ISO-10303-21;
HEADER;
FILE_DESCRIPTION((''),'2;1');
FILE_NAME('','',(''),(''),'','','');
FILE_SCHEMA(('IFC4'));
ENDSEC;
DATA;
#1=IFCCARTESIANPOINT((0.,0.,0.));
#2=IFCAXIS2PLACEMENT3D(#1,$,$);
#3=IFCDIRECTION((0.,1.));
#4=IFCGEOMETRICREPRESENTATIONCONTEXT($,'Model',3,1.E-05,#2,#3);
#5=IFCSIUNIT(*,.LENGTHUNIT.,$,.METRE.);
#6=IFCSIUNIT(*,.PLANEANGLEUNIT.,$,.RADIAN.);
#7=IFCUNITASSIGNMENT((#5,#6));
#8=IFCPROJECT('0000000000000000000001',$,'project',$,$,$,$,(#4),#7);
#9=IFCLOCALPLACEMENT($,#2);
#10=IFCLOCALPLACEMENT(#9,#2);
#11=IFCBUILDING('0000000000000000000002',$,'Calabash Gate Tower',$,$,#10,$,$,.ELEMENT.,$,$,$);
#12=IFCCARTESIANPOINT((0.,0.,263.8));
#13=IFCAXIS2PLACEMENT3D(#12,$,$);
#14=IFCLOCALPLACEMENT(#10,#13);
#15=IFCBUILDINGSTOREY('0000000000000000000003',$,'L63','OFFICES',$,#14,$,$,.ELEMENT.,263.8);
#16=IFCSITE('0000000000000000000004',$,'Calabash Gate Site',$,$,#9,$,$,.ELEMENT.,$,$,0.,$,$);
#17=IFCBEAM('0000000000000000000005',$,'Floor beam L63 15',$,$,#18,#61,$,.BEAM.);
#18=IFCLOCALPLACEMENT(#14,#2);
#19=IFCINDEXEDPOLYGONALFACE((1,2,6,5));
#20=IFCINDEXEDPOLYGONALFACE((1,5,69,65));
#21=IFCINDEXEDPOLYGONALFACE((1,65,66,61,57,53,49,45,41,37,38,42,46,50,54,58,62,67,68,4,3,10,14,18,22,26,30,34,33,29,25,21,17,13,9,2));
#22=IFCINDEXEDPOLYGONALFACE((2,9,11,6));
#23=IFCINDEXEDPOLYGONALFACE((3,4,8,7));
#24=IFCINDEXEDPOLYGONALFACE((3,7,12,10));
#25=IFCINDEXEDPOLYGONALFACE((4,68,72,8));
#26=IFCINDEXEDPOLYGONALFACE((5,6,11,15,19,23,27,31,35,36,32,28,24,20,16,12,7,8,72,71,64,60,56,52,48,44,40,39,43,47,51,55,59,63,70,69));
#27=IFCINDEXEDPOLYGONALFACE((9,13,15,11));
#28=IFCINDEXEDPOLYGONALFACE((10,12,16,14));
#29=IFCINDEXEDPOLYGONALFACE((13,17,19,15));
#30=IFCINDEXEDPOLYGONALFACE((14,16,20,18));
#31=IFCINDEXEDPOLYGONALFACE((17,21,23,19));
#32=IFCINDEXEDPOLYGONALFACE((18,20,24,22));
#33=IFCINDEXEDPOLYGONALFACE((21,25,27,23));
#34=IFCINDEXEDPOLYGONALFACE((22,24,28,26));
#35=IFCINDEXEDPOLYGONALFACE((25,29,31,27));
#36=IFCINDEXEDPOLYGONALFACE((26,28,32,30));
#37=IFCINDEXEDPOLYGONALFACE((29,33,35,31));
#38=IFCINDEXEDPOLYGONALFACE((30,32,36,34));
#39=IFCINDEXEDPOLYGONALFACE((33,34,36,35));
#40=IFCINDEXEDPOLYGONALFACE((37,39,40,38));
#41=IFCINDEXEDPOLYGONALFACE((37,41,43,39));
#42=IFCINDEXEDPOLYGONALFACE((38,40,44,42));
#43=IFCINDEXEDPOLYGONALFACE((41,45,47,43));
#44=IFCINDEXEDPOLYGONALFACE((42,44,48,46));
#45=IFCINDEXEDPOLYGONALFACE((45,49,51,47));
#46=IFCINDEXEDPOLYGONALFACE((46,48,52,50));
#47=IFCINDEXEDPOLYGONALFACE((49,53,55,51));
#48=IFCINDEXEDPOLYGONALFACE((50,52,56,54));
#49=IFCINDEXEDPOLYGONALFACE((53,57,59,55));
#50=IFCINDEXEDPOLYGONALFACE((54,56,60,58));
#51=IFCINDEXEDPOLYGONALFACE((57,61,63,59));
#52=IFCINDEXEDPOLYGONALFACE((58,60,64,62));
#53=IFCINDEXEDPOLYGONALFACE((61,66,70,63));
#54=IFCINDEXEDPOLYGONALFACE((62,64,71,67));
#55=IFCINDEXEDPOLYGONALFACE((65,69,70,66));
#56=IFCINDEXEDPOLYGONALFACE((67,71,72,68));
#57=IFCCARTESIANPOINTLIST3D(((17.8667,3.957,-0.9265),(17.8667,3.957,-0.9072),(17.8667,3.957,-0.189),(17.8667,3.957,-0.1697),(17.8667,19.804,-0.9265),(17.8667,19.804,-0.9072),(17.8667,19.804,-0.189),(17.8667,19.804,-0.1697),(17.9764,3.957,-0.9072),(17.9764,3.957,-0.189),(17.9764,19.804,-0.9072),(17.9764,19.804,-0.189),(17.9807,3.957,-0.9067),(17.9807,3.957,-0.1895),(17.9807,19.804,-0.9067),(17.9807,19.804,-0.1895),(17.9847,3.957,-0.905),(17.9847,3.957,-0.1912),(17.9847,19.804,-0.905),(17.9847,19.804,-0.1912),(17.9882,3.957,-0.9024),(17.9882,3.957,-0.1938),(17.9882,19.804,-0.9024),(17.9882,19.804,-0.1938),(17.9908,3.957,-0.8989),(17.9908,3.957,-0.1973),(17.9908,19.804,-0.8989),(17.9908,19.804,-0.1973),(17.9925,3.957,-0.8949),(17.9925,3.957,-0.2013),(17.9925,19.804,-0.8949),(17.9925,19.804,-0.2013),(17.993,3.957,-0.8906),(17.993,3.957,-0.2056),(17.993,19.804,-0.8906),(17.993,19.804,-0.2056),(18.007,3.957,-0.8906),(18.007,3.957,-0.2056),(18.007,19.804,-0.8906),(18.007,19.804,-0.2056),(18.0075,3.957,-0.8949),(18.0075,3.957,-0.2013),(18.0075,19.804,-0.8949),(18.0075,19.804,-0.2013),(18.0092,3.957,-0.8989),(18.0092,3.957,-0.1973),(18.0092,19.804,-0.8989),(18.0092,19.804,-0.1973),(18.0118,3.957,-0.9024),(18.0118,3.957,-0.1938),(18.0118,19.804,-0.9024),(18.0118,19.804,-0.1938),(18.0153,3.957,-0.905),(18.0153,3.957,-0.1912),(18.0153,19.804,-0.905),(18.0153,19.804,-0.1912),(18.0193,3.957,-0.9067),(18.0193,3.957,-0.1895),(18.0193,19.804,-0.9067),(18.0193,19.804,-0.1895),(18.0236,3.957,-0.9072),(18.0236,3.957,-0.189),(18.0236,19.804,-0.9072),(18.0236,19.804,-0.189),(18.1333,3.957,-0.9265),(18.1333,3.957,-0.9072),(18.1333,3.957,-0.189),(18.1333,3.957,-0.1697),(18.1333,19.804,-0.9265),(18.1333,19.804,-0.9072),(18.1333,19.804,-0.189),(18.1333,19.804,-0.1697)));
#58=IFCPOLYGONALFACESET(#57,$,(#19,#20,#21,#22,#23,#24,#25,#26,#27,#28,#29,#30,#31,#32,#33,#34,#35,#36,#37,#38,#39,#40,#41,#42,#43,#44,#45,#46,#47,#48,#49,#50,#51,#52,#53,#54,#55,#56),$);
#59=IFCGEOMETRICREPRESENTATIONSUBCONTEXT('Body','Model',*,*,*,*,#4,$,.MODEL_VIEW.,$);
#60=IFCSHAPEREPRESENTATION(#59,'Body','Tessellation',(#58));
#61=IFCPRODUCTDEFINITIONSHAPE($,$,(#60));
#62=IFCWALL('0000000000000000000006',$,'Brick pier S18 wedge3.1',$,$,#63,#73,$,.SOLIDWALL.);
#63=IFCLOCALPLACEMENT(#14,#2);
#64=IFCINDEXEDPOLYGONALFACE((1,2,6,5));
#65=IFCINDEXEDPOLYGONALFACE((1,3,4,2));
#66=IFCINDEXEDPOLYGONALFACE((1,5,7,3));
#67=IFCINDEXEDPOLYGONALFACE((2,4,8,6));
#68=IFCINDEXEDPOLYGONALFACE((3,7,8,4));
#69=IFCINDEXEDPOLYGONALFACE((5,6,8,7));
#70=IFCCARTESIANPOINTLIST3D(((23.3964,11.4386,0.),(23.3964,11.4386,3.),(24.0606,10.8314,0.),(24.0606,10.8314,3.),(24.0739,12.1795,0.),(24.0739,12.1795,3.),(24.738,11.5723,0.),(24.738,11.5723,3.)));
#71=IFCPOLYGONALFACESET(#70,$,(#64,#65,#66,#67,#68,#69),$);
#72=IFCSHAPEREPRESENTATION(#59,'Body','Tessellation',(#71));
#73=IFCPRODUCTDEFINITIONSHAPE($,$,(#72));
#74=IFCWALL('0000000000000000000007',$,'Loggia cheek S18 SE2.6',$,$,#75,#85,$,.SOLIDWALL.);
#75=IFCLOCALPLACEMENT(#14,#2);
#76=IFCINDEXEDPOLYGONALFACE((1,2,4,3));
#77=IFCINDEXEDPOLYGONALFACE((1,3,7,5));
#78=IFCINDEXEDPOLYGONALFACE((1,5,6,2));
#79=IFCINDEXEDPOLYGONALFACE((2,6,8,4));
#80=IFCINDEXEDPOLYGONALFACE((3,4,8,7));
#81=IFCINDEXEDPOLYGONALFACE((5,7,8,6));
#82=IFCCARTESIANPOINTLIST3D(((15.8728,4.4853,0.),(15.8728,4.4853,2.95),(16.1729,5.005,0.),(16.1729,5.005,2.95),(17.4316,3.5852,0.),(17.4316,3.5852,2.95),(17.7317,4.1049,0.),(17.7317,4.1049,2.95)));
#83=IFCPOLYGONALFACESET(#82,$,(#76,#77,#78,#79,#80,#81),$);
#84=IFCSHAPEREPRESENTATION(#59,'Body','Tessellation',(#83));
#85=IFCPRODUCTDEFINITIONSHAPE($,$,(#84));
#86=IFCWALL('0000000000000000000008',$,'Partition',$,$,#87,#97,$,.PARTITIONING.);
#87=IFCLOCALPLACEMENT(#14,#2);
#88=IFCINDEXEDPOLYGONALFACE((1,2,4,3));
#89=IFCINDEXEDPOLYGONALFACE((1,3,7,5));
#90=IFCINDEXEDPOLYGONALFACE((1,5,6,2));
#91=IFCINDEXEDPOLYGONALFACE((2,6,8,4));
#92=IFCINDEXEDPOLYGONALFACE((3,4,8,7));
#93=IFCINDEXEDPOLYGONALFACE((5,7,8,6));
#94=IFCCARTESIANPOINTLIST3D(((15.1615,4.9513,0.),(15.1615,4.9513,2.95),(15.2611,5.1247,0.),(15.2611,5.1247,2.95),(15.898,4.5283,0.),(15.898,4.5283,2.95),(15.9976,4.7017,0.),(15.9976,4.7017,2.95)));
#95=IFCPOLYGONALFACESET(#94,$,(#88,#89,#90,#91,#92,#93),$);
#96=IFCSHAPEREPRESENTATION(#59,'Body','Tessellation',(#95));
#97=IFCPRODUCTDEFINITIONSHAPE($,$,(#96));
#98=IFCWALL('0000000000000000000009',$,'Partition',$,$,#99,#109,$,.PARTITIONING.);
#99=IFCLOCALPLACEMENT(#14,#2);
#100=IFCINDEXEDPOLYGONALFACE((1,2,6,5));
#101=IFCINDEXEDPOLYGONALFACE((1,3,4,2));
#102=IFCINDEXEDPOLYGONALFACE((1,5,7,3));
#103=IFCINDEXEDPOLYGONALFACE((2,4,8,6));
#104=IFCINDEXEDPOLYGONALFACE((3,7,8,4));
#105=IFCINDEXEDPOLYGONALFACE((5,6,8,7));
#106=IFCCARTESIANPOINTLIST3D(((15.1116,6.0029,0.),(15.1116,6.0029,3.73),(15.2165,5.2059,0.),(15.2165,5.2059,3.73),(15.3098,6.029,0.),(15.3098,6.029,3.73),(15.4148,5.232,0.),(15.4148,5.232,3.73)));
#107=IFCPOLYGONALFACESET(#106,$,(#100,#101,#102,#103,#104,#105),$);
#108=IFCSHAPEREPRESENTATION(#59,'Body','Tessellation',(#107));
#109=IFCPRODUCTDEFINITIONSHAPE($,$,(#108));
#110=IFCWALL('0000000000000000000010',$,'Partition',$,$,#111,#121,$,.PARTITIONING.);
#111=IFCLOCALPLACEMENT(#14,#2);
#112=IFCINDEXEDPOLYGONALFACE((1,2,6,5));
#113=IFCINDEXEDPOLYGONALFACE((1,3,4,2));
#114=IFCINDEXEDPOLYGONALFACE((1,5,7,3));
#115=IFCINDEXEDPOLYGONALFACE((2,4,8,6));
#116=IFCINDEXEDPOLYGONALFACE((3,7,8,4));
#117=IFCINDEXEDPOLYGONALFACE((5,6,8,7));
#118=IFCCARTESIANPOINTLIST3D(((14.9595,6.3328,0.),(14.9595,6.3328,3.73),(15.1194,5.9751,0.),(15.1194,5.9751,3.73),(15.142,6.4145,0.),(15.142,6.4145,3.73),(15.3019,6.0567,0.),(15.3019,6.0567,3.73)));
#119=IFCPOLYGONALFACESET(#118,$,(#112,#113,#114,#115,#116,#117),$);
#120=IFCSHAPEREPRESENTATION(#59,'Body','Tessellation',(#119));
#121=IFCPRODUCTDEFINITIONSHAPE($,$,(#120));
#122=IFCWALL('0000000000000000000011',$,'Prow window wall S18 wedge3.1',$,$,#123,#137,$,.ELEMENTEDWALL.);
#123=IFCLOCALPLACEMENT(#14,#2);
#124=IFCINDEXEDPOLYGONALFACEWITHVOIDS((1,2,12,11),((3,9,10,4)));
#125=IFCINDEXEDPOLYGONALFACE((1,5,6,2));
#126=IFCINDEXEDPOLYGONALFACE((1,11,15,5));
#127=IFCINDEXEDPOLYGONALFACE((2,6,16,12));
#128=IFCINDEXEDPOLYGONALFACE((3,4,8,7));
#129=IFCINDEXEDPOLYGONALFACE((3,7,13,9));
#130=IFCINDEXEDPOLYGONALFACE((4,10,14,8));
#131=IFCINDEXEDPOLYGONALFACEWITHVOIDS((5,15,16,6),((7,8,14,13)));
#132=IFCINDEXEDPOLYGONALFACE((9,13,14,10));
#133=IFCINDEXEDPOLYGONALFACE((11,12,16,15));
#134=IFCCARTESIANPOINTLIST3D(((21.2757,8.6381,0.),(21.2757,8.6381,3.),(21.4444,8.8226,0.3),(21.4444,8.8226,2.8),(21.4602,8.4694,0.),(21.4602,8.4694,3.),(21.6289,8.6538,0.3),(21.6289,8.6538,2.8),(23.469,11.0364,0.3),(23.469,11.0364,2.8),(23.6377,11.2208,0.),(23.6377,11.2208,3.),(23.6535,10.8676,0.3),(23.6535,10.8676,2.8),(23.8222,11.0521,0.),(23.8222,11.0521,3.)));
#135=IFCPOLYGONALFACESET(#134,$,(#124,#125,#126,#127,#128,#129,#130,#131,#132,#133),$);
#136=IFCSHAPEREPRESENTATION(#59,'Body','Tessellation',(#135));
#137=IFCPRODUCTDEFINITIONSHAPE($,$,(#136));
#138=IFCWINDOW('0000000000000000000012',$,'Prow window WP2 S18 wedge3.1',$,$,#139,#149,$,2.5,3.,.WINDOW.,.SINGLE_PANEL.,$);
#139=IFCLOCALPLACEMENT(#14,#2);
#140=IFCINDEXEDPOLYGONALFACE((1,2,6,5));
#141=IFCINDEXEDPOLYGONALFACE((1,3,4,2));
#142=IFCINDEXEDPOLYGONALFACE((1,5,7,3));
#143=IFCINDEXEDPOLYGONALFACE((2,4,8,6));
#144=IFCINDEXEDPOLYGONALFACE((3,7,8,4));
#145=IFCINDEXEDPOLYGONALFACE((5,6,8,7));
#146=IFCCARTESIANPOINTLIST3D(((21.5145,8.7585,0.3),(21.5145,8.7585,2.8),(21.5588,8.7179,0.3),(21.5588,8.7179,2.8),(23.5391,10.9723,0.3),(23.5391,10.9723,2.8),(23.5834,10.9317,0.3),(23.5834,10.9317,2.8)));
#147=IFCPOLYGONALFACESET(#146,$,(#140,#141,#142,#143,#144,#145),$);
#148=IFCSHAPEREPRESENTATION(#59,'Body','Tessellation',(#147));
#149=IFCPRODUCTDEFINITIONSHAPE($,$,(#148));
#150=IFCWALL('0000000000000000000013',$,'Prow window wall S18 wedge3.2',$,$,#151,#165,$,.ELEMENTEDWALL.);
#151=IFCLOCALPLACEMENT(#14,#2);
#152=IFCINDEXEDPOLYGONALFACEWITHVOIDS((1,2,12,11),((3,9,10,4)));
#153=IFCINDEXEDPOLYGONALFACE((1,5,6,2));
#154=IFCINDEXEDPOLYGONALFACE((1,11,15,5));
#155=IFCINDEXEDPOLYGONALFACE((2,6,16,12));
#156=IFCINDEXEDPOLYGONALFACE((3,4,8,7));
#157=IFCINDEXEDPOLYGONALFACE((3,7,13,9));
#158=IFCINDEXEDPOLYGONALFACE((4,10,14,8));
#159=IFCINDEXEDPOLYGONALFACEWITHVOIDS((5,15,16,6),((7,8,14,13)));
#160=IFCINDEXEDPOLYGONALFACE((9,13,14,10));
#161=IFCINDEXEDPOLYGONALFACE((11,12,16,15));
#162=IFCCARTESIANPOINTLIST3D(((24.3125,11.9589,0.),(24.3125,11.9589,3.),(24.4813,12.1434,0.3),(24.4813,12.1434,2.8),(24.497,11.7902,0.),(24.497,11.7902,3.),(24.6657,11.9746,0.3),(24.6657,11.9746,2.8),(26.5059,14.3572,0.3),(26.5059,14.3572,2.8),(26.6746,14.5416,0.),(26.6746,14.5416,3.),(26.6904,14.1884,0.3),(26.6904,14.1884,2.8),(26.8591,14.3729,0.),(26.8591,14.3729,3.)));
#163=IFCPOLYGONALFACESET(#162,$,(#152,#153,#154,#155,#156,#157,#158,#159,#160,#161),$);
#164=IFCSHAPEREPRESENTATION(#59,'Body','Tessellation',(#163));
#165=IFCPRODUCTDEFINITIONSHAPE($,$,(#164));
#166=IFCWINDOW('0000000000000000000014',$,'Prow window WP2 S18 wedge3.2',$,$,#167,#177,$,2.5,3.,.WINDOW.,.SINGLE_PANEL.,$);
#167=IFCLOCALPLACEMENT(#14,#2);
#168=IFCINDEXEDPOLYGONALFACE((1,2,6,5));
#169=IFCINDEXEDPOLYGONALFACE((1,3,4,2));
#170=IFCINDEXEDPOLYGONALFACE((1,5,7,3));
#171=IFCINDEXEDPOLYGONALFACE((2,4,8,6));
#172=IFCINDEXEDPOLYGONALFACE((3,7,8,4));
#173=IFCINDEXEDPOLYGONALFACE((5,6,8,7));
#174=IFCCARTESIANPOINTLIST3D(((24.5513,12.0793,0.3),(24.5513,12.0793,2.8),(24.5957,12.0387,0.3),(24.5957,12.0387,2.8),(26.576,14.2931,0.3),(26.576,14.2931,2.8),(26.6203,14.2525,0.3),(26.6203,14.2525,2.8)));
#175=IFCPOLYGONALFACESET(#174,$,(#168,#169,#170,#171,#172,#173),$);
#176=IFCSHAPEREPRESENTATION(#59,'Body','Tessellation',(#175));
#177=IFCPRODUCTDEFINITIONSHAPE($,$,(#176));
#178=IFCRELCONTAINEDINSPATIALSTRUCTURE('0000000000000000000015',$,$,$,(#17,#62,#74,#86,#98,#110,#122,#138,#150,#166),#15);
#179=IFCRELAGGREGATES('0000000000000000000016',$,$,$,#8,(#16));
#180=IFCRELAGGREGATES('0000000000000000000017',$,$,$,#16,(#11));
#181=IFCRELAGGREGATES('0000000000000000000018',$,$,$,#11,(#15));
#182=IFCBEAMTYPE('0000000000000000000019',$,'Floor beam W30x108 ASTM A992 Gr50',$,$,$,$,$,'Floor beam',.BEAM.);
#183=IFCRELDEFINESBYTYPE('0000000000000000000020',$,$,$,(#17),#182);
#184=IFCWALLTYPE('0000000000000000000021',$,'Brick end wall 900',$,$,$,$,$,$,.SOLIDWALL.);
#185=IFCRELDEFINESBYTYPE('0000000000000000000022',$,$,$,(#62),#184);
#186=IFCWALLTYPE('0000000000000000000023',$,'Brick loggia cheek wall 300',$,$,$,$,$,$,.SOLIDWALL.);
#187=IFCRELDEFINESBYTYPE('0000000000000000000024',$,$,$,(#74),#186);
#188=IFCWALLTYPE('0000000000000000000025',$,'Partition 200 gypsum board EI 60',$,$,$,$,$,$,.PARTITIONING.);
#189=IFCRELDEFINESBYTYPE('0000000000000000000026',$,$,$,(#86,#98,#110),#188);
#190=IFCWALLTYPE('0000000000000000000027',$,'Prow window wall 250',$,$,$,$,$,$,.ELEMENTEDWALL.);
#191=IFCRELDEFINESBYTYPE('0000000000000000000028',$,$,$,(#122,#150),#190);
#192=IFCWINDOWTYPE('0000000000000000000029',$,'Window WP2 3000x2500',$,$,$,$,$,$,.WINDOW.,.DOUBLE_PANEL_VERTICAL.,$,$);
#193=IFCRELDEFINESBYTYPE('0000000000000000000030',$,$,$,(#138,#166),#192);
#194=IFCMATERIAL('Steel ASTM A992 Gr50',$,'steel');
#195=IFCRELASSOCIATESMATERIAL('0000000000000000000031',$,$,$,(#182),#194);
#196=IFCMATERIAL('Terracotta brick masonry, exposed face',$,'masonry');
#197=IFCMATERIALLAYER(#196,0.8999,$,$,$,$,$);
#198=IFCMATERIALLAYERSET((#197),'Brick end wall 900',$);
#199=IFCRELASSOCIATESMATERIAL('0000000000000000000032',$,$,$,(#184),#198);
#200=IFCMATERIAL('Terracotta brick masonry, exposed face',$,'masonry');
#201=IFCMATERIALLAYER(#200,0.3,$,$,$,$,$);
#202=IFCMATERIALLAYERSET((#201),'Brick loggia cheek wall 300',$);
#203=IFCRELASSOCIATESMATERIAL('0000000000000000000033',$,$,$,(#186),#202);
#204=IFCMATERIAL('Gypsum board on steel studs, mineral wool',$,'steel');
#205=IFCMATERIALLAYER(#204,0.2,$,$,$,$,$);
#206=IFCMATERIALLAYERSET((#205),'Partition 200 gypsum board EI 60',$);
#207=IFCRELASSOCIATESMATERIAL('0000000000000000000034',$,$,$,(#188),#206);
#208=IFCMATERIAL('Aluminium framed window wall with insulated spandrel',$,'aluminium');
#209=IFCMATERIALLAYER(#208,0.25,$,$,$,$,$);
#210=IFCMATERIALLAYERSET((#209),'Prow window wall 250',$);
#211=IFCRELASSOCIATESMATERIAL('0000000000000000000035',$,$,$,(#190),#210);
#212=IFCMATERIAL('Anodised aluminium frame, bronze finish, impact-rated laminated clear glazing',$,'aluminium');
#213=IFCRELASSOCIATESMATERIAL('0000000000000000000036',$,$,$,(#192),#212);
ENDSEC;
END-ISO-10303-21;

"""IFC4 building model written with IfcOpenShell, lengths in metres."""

from ifc_helpers import new_model, si_unit, direction, frame, frame_2d, origin, origin_2d, place, context, subcontext, project, spatial, rectangle, i_section, extrude, material, layer, layer_set, material_profile, profile_set, type_object, element, fill, save


model = new_model("IFC4")

# Units and contexts
model_context = context("Model", 3, precision=1e-05, world=origin(), true_north=direction((0.0, 1.0)))
body_context = subcontext(model_context, "Body", "Model", "MODEL_VIEW")
ifc_project = project(units=[si_unit("LENGTHUNIT", "METRE"), si_unit("PLANEANGLEUNIT", "RADIAN")], contexts=[model_context])

# Site, building, storey
site_placement = place(None, origin())
site = spatial("IfcSite", under=ifc_project, at=site_placement, Name="Calabash Gate Site", CompositionType="ELEMENT", RefElevation=0.0)
building_placement = place(site_placement, origin())
building = spatial("IfcBuilding", under=site, at=building_placement, Name="Calabash Gate Tower", CompositionType="ELEMENT")
storey_placement = place(building_placement, frame((0.0, 0.0, 263.8)))
storey = spatial("IfcBuildingStorey", under=building, at=storey_placement, Name="L63", Description="OFFICES", CompositionType="ELEMENT", Elevation=263.8)

# Beam
ifc_material_1 = material(Name="Steel ASTM A992 Gr50", Category="steel")
ifc_material_profile_1 = material_profile(ifc_material_1, i_section(OverallWidth=0.2666, OverallDepth=0.7568, WebThickness=0.0139, FlangeThickness=0.0193, FilletRadius=0.0166, at=origin_2d()))
ifc_profile_set_1 = profile_set([ifc_material_profile_1], Name="Steel ASTM A992 Gr50")
beam_type_1 = type_object("IfcBeamType", Name="Floor beam W30x108 ASTM A992 Gr50", ElementType="Floor beam", PredefinedType="BEAM", material=ifc_profile_set_1)
beam_1_placement = place(storey_placement, frame((18.0, 3.957, -0.5481), z_axis=(0.0, 1.0, 0.0), x_axis=(-1.0, 0.0, 0.0)))
element("IfcBeam", 1, at=beam_1_placement, inside=storey, type_object=beam_type_1, Name="Floor beam L63 15", PredefinedType="BEAM", context=body_context, shape_type="SweptSolid", body=[
    extrude(i_section(OverallWidth=0.2666, OverallDepth=0.7568, WebThickness=0.0139, FlangeThickness=0.0193, FilletRadius=0.0166, at=origin_2d()), origin(), (0.0, 0.0, 1.0), 15.8469),
])

# Walls
ifc_material_2 = material(Name="Terracotta brick masonry, exposed face", Category="masonry")
ifc_layer_1 = layer(ifc_material_2, 0.8999)
ifc_layer_set_1 = layer_set([ifc_layer_1], Name="Brick end wall 900")
wall_type_1 = type_object("IfcWallType", Name="Brick end wall 900", PredefinedType="SOLIDWALL", material=ifc_layer_set_1)
wall_1_placement = place(storey_placement, frame((23.7285, 11.135, 0.0), z_axis=(0.0, 0.0, 1.0), x_axis=(0.674788, 0.738012, 0.0)))
element("IfcWall", 2, at=wall_1_placement, inside=storey, type_object=wall_type_1, Name="Brick pier S18 wedge3.1", PredefinedType="SOLIDWALL", context=body_context, shape_type="SweptSolid", body=[
    extrude(rectangle(XDim=1.0039, YDim=0.8999, at=frame_2d((0.502, 0.0))), origin(), (0.0, 0.0, 1.0), 3.0),
])
ifc_material_3 = material(Name="Terracotta brick masonry, exposed face", Category="masonry")
ifc_layer_2 = layer(ifc_material_3, 0.3)
ifc_layer_set_2 = layer_set([ifc_layer_2], Name="Brick loggia cheek wall 300")
wall_type_2 = type_object("IfcWallType", Name="Brick loggia cheek wall 300", PredefinedType="SOLIDWALL", material=ifc_layer_set_2)
wall_2_placement = place(storey_placement, frame((16.0229, 4.7451, 0.0), z_axis=(0.0, 0.0, 1.0), x_axis=(0.865989, -0.500063, 0.0)))
element("IfcWall", 3, at=wall_2_placement, inside=storey, type_object=wall_type_2, Name="Loggia cheek S18 SE2.6", PredefinedType="SOLIDWALL", context=body_context, shape_type="SweptSolid", body=[
    extrude(rectangle(XDim=1.8, YDim=0.6001, at=frame_2d((0.8999, 0.0))), origin(), (0.0, 0.0, 1.0), 2.95),
])
ifc_material_4 = material(Name="Gypsum board on steel studs, mineral wool", Category="steel")
ifc_layer_3 = layer(ifc_material_4, 0.2)
ifc_layer_set_3 = layer_set([ifc_layer_3], Name="Partition 200 gypsum board EI 60")
wall_type_3 = type_object("IfcWallType", Name="Partition 200 gypsum board EI 60", PredefinedType="PARTITIONING", material=ifc_layer_set_3)
wall_3_placement = place(storey_placement, frame((15.2112, 5.0381, 0.0), z_axis=(0.0, 0.0, 1.0), x_axis=(0.867127, -0.498088, 0.0)))
element("IfcWall", 4, at=wall_3_placement, inside=storey, type_object=wall_type_3, Name="Partition", PredefinedType="PARTITIONING", context=body_context, shape_type="SweptSolid", body=[
    extrude(rectangle(XDim=0.8494, YDim=0.2, at=frame_2d((0.4248, 0.0))), origin(), (0.0, 0.0, 1.0), 2.95),
])
wall_4_placement = place(storey_placement, frame((15.2107, 6.0159, 0.0), z_axis=(0.0, 0.0, 1.0), x_axis=(0.130572, -0.991439, 0.0)))
element("IfcWall", 5, at=wall_4_placement, inside=storey, type_object=wall_type_3, Name="Partition", PredefinedType="PARTITIONING", context=body_context, shape_type="SweptSolid", body=[
    extrude(rectangle(XDim=0.804, YDim=0.2, at=frame_2d((0.4019, 0.0))), origin(), (0.0, 0.0, 1.0), 3.73),
])
wall_5_placement = place(storey_placement, frame((15.0508, 6.3735, 0.0), z_axis=(0.0, 0.0, 1.0), x_axis=(0.408161, -0.91291, 0.0)))
element("IfcWall", 6, at=wall_5_placement, inside=storey, type_object=wall_type_3, Name="Partition", PredefinedType="PARTITIONING", context=body_context, shape_type="SweptSolid", body=[
    extrude(rectangle(XDim=0.3918, YDim=0.2, at=frame_2d((0.1958, 0.0))), origin(), (0.0, 0.0, 1.0), 3.73),
])

# Walls, openings, windows
ifc_material_5 = material(Name="Aluminium framed window wall with insulated spandrel", Category="aluminium")
ifc_layer_4 = layer(ifc_material_5, 0.25)
ifc_layer_set_4 = layer_set([ifc_layer_4], Name="Prow window wall 250")
wall_type_4 = type_object("IfcWallType", Name="Prow window wall 250", PredefinedType="ELEMENTEDWALL", material=ifc_layer_set_4)
wall_6_placement = place(storey_placement, frame((21.3679, 8.5537, 0.0), z_axis=(0.0, 0.0, 1.0), x_axis=(0.674874, 0.737933, 0.0)))
wall_6 = element("IfcWall", 7, at=wall_6_placement, inside=storey, type_object=wall_type_4, Name="Prow window wall S18 wedge3.1", PredefinedType="ELEMENTEDWALL", context=body_context, shape_type="SweptSolid", body=[
    extrude(rectangle(XDim=3.5, YDim=0.25, at=frame_2d((1.75, 0.0))), origin(), (0.0, 0.0, 1.0), 3.0),
])
opening_1_placement = place(wall_6_placement, frame((0.25, 0.0, 0.3)))
opening_1 = element("IfcOpeningElement", 8, at=opening_1_placement, cuts=wall_6, PredefinedType="OPENING", context=body_context, shape_type="SweptSolid", body=[
    extrude(rectangle(XDim=3.0, YDim=2.5, at=frame_2d((1.5, 1.25))), frame((0.0, 0.135, 0.0), z_axis=(0.0, -1.0, 0.0), x_axis=(1.0, 0.0, 0.0)), (0.0, 0.0, 1.0), 0.27),
])
ifc_material_6 = material(Name="Anodised aluminium frame, bronze finish, impact-rated laminated clear glazing", Category="aluminium")
window_type = type_object("IfcWindowType", Name="Window WP2 3000x2500", PartitioningType="DOUBLE_PANEL_VERTICAL", PredefinedType="WINDOW", material=ifc_material_6)
window_1_placement = place(opening_1_placement, origin())
window_1 = element("IfcWindow", 9, at=window_1_placement, inside=storey, type_object=window_type, Name="Prow window WP2 S18 wedge3.1", OverallHeight=2.5, OverallWidth=3.0, PartitioningType="SINGLE_PANEL", PredefinedType="WINDOW", context=body_context, shape_type="SweptSolid", body=[
    extrude(rectangle(XDim=3.0, YDim=2.5, at=frame_2d((1.5, 1.25))), frame((0.0, 0.03, 0.0), z_axis=(0.0, -1.0, 0.0), x_axis=(1.0, 0.0, 0.0)), (0.0, 0.0, 1.0), 0.0601),
])
fill(opening_1, window_1)
wall_7_placement = place(storey_placement, frame((24.4048, 11.8745, 0.0), z_axis=(0.0, 0.0, 1.0), x_axis=(0.674874, 0.737933, 0.0)))
wall_7 = element("IfcWall", 10, at=wall_7_placement, inside=storey, type_object=wall_type_4, Name="Prow window wall S18 wedge3.2", PredefinedType="ELEMENTEDWALL", context=body_context, shape_type="SweptSolid", body=[
    extrude(rectangle(XDim=3.5, YDim=0.25, at=frame_2d((1.75, 0.0))), origin(), (0.0, 0.0, 1.0), 3.0),
])
opening_2_placement = place(wall_7_placement, frame((0.25, 0.0, 0.3)))
opening_2 = element("IfcOpeningElement", 11, at=opening_2_placement, cuts=wall_7, PredefinedType="OPENING", context=body_context, shape_type="SweptSolid", body=[
    extrude(rectangle(XDim=3.0, YDim=2.5, at=frame_2d((1.5, 1.25))), frame((0.0, 0.135, 0.0), z_axis=(0.0, -1.0, 0.0), x_axis=(1.0, 0.0, 0.0)), (0.0, 0.0, 1.0), 0.27),
])
window_2_placement = place(opening_2_placement, origin())
window_2 = element("IfcWindow", 12, at=window_2_placement, inside=storey, type_object=window_type, Name="Prow window WP2 S18 wedge3.2", OverallHeight=2.5, OverallWidth=3.0, PartitioningType="SINGLE_PANEL", PredefinedType="WINDOW", context=body_context, shape_type="SweptSolid", body=[
    extrude(rectangle(XDim=3.0, YDim=2.5, at=frame_2d((1.5, 1.25))), frame((0.0, 0.03, 0.0), z_axis=(0.0, -1.0, 0.0), x_axis=(1.0, 0.0, 0.0)), (0.0, 0.0, 1.0), 0.0601),
])
fill(opening_2, window_2)

save(model, "model.ifc")
